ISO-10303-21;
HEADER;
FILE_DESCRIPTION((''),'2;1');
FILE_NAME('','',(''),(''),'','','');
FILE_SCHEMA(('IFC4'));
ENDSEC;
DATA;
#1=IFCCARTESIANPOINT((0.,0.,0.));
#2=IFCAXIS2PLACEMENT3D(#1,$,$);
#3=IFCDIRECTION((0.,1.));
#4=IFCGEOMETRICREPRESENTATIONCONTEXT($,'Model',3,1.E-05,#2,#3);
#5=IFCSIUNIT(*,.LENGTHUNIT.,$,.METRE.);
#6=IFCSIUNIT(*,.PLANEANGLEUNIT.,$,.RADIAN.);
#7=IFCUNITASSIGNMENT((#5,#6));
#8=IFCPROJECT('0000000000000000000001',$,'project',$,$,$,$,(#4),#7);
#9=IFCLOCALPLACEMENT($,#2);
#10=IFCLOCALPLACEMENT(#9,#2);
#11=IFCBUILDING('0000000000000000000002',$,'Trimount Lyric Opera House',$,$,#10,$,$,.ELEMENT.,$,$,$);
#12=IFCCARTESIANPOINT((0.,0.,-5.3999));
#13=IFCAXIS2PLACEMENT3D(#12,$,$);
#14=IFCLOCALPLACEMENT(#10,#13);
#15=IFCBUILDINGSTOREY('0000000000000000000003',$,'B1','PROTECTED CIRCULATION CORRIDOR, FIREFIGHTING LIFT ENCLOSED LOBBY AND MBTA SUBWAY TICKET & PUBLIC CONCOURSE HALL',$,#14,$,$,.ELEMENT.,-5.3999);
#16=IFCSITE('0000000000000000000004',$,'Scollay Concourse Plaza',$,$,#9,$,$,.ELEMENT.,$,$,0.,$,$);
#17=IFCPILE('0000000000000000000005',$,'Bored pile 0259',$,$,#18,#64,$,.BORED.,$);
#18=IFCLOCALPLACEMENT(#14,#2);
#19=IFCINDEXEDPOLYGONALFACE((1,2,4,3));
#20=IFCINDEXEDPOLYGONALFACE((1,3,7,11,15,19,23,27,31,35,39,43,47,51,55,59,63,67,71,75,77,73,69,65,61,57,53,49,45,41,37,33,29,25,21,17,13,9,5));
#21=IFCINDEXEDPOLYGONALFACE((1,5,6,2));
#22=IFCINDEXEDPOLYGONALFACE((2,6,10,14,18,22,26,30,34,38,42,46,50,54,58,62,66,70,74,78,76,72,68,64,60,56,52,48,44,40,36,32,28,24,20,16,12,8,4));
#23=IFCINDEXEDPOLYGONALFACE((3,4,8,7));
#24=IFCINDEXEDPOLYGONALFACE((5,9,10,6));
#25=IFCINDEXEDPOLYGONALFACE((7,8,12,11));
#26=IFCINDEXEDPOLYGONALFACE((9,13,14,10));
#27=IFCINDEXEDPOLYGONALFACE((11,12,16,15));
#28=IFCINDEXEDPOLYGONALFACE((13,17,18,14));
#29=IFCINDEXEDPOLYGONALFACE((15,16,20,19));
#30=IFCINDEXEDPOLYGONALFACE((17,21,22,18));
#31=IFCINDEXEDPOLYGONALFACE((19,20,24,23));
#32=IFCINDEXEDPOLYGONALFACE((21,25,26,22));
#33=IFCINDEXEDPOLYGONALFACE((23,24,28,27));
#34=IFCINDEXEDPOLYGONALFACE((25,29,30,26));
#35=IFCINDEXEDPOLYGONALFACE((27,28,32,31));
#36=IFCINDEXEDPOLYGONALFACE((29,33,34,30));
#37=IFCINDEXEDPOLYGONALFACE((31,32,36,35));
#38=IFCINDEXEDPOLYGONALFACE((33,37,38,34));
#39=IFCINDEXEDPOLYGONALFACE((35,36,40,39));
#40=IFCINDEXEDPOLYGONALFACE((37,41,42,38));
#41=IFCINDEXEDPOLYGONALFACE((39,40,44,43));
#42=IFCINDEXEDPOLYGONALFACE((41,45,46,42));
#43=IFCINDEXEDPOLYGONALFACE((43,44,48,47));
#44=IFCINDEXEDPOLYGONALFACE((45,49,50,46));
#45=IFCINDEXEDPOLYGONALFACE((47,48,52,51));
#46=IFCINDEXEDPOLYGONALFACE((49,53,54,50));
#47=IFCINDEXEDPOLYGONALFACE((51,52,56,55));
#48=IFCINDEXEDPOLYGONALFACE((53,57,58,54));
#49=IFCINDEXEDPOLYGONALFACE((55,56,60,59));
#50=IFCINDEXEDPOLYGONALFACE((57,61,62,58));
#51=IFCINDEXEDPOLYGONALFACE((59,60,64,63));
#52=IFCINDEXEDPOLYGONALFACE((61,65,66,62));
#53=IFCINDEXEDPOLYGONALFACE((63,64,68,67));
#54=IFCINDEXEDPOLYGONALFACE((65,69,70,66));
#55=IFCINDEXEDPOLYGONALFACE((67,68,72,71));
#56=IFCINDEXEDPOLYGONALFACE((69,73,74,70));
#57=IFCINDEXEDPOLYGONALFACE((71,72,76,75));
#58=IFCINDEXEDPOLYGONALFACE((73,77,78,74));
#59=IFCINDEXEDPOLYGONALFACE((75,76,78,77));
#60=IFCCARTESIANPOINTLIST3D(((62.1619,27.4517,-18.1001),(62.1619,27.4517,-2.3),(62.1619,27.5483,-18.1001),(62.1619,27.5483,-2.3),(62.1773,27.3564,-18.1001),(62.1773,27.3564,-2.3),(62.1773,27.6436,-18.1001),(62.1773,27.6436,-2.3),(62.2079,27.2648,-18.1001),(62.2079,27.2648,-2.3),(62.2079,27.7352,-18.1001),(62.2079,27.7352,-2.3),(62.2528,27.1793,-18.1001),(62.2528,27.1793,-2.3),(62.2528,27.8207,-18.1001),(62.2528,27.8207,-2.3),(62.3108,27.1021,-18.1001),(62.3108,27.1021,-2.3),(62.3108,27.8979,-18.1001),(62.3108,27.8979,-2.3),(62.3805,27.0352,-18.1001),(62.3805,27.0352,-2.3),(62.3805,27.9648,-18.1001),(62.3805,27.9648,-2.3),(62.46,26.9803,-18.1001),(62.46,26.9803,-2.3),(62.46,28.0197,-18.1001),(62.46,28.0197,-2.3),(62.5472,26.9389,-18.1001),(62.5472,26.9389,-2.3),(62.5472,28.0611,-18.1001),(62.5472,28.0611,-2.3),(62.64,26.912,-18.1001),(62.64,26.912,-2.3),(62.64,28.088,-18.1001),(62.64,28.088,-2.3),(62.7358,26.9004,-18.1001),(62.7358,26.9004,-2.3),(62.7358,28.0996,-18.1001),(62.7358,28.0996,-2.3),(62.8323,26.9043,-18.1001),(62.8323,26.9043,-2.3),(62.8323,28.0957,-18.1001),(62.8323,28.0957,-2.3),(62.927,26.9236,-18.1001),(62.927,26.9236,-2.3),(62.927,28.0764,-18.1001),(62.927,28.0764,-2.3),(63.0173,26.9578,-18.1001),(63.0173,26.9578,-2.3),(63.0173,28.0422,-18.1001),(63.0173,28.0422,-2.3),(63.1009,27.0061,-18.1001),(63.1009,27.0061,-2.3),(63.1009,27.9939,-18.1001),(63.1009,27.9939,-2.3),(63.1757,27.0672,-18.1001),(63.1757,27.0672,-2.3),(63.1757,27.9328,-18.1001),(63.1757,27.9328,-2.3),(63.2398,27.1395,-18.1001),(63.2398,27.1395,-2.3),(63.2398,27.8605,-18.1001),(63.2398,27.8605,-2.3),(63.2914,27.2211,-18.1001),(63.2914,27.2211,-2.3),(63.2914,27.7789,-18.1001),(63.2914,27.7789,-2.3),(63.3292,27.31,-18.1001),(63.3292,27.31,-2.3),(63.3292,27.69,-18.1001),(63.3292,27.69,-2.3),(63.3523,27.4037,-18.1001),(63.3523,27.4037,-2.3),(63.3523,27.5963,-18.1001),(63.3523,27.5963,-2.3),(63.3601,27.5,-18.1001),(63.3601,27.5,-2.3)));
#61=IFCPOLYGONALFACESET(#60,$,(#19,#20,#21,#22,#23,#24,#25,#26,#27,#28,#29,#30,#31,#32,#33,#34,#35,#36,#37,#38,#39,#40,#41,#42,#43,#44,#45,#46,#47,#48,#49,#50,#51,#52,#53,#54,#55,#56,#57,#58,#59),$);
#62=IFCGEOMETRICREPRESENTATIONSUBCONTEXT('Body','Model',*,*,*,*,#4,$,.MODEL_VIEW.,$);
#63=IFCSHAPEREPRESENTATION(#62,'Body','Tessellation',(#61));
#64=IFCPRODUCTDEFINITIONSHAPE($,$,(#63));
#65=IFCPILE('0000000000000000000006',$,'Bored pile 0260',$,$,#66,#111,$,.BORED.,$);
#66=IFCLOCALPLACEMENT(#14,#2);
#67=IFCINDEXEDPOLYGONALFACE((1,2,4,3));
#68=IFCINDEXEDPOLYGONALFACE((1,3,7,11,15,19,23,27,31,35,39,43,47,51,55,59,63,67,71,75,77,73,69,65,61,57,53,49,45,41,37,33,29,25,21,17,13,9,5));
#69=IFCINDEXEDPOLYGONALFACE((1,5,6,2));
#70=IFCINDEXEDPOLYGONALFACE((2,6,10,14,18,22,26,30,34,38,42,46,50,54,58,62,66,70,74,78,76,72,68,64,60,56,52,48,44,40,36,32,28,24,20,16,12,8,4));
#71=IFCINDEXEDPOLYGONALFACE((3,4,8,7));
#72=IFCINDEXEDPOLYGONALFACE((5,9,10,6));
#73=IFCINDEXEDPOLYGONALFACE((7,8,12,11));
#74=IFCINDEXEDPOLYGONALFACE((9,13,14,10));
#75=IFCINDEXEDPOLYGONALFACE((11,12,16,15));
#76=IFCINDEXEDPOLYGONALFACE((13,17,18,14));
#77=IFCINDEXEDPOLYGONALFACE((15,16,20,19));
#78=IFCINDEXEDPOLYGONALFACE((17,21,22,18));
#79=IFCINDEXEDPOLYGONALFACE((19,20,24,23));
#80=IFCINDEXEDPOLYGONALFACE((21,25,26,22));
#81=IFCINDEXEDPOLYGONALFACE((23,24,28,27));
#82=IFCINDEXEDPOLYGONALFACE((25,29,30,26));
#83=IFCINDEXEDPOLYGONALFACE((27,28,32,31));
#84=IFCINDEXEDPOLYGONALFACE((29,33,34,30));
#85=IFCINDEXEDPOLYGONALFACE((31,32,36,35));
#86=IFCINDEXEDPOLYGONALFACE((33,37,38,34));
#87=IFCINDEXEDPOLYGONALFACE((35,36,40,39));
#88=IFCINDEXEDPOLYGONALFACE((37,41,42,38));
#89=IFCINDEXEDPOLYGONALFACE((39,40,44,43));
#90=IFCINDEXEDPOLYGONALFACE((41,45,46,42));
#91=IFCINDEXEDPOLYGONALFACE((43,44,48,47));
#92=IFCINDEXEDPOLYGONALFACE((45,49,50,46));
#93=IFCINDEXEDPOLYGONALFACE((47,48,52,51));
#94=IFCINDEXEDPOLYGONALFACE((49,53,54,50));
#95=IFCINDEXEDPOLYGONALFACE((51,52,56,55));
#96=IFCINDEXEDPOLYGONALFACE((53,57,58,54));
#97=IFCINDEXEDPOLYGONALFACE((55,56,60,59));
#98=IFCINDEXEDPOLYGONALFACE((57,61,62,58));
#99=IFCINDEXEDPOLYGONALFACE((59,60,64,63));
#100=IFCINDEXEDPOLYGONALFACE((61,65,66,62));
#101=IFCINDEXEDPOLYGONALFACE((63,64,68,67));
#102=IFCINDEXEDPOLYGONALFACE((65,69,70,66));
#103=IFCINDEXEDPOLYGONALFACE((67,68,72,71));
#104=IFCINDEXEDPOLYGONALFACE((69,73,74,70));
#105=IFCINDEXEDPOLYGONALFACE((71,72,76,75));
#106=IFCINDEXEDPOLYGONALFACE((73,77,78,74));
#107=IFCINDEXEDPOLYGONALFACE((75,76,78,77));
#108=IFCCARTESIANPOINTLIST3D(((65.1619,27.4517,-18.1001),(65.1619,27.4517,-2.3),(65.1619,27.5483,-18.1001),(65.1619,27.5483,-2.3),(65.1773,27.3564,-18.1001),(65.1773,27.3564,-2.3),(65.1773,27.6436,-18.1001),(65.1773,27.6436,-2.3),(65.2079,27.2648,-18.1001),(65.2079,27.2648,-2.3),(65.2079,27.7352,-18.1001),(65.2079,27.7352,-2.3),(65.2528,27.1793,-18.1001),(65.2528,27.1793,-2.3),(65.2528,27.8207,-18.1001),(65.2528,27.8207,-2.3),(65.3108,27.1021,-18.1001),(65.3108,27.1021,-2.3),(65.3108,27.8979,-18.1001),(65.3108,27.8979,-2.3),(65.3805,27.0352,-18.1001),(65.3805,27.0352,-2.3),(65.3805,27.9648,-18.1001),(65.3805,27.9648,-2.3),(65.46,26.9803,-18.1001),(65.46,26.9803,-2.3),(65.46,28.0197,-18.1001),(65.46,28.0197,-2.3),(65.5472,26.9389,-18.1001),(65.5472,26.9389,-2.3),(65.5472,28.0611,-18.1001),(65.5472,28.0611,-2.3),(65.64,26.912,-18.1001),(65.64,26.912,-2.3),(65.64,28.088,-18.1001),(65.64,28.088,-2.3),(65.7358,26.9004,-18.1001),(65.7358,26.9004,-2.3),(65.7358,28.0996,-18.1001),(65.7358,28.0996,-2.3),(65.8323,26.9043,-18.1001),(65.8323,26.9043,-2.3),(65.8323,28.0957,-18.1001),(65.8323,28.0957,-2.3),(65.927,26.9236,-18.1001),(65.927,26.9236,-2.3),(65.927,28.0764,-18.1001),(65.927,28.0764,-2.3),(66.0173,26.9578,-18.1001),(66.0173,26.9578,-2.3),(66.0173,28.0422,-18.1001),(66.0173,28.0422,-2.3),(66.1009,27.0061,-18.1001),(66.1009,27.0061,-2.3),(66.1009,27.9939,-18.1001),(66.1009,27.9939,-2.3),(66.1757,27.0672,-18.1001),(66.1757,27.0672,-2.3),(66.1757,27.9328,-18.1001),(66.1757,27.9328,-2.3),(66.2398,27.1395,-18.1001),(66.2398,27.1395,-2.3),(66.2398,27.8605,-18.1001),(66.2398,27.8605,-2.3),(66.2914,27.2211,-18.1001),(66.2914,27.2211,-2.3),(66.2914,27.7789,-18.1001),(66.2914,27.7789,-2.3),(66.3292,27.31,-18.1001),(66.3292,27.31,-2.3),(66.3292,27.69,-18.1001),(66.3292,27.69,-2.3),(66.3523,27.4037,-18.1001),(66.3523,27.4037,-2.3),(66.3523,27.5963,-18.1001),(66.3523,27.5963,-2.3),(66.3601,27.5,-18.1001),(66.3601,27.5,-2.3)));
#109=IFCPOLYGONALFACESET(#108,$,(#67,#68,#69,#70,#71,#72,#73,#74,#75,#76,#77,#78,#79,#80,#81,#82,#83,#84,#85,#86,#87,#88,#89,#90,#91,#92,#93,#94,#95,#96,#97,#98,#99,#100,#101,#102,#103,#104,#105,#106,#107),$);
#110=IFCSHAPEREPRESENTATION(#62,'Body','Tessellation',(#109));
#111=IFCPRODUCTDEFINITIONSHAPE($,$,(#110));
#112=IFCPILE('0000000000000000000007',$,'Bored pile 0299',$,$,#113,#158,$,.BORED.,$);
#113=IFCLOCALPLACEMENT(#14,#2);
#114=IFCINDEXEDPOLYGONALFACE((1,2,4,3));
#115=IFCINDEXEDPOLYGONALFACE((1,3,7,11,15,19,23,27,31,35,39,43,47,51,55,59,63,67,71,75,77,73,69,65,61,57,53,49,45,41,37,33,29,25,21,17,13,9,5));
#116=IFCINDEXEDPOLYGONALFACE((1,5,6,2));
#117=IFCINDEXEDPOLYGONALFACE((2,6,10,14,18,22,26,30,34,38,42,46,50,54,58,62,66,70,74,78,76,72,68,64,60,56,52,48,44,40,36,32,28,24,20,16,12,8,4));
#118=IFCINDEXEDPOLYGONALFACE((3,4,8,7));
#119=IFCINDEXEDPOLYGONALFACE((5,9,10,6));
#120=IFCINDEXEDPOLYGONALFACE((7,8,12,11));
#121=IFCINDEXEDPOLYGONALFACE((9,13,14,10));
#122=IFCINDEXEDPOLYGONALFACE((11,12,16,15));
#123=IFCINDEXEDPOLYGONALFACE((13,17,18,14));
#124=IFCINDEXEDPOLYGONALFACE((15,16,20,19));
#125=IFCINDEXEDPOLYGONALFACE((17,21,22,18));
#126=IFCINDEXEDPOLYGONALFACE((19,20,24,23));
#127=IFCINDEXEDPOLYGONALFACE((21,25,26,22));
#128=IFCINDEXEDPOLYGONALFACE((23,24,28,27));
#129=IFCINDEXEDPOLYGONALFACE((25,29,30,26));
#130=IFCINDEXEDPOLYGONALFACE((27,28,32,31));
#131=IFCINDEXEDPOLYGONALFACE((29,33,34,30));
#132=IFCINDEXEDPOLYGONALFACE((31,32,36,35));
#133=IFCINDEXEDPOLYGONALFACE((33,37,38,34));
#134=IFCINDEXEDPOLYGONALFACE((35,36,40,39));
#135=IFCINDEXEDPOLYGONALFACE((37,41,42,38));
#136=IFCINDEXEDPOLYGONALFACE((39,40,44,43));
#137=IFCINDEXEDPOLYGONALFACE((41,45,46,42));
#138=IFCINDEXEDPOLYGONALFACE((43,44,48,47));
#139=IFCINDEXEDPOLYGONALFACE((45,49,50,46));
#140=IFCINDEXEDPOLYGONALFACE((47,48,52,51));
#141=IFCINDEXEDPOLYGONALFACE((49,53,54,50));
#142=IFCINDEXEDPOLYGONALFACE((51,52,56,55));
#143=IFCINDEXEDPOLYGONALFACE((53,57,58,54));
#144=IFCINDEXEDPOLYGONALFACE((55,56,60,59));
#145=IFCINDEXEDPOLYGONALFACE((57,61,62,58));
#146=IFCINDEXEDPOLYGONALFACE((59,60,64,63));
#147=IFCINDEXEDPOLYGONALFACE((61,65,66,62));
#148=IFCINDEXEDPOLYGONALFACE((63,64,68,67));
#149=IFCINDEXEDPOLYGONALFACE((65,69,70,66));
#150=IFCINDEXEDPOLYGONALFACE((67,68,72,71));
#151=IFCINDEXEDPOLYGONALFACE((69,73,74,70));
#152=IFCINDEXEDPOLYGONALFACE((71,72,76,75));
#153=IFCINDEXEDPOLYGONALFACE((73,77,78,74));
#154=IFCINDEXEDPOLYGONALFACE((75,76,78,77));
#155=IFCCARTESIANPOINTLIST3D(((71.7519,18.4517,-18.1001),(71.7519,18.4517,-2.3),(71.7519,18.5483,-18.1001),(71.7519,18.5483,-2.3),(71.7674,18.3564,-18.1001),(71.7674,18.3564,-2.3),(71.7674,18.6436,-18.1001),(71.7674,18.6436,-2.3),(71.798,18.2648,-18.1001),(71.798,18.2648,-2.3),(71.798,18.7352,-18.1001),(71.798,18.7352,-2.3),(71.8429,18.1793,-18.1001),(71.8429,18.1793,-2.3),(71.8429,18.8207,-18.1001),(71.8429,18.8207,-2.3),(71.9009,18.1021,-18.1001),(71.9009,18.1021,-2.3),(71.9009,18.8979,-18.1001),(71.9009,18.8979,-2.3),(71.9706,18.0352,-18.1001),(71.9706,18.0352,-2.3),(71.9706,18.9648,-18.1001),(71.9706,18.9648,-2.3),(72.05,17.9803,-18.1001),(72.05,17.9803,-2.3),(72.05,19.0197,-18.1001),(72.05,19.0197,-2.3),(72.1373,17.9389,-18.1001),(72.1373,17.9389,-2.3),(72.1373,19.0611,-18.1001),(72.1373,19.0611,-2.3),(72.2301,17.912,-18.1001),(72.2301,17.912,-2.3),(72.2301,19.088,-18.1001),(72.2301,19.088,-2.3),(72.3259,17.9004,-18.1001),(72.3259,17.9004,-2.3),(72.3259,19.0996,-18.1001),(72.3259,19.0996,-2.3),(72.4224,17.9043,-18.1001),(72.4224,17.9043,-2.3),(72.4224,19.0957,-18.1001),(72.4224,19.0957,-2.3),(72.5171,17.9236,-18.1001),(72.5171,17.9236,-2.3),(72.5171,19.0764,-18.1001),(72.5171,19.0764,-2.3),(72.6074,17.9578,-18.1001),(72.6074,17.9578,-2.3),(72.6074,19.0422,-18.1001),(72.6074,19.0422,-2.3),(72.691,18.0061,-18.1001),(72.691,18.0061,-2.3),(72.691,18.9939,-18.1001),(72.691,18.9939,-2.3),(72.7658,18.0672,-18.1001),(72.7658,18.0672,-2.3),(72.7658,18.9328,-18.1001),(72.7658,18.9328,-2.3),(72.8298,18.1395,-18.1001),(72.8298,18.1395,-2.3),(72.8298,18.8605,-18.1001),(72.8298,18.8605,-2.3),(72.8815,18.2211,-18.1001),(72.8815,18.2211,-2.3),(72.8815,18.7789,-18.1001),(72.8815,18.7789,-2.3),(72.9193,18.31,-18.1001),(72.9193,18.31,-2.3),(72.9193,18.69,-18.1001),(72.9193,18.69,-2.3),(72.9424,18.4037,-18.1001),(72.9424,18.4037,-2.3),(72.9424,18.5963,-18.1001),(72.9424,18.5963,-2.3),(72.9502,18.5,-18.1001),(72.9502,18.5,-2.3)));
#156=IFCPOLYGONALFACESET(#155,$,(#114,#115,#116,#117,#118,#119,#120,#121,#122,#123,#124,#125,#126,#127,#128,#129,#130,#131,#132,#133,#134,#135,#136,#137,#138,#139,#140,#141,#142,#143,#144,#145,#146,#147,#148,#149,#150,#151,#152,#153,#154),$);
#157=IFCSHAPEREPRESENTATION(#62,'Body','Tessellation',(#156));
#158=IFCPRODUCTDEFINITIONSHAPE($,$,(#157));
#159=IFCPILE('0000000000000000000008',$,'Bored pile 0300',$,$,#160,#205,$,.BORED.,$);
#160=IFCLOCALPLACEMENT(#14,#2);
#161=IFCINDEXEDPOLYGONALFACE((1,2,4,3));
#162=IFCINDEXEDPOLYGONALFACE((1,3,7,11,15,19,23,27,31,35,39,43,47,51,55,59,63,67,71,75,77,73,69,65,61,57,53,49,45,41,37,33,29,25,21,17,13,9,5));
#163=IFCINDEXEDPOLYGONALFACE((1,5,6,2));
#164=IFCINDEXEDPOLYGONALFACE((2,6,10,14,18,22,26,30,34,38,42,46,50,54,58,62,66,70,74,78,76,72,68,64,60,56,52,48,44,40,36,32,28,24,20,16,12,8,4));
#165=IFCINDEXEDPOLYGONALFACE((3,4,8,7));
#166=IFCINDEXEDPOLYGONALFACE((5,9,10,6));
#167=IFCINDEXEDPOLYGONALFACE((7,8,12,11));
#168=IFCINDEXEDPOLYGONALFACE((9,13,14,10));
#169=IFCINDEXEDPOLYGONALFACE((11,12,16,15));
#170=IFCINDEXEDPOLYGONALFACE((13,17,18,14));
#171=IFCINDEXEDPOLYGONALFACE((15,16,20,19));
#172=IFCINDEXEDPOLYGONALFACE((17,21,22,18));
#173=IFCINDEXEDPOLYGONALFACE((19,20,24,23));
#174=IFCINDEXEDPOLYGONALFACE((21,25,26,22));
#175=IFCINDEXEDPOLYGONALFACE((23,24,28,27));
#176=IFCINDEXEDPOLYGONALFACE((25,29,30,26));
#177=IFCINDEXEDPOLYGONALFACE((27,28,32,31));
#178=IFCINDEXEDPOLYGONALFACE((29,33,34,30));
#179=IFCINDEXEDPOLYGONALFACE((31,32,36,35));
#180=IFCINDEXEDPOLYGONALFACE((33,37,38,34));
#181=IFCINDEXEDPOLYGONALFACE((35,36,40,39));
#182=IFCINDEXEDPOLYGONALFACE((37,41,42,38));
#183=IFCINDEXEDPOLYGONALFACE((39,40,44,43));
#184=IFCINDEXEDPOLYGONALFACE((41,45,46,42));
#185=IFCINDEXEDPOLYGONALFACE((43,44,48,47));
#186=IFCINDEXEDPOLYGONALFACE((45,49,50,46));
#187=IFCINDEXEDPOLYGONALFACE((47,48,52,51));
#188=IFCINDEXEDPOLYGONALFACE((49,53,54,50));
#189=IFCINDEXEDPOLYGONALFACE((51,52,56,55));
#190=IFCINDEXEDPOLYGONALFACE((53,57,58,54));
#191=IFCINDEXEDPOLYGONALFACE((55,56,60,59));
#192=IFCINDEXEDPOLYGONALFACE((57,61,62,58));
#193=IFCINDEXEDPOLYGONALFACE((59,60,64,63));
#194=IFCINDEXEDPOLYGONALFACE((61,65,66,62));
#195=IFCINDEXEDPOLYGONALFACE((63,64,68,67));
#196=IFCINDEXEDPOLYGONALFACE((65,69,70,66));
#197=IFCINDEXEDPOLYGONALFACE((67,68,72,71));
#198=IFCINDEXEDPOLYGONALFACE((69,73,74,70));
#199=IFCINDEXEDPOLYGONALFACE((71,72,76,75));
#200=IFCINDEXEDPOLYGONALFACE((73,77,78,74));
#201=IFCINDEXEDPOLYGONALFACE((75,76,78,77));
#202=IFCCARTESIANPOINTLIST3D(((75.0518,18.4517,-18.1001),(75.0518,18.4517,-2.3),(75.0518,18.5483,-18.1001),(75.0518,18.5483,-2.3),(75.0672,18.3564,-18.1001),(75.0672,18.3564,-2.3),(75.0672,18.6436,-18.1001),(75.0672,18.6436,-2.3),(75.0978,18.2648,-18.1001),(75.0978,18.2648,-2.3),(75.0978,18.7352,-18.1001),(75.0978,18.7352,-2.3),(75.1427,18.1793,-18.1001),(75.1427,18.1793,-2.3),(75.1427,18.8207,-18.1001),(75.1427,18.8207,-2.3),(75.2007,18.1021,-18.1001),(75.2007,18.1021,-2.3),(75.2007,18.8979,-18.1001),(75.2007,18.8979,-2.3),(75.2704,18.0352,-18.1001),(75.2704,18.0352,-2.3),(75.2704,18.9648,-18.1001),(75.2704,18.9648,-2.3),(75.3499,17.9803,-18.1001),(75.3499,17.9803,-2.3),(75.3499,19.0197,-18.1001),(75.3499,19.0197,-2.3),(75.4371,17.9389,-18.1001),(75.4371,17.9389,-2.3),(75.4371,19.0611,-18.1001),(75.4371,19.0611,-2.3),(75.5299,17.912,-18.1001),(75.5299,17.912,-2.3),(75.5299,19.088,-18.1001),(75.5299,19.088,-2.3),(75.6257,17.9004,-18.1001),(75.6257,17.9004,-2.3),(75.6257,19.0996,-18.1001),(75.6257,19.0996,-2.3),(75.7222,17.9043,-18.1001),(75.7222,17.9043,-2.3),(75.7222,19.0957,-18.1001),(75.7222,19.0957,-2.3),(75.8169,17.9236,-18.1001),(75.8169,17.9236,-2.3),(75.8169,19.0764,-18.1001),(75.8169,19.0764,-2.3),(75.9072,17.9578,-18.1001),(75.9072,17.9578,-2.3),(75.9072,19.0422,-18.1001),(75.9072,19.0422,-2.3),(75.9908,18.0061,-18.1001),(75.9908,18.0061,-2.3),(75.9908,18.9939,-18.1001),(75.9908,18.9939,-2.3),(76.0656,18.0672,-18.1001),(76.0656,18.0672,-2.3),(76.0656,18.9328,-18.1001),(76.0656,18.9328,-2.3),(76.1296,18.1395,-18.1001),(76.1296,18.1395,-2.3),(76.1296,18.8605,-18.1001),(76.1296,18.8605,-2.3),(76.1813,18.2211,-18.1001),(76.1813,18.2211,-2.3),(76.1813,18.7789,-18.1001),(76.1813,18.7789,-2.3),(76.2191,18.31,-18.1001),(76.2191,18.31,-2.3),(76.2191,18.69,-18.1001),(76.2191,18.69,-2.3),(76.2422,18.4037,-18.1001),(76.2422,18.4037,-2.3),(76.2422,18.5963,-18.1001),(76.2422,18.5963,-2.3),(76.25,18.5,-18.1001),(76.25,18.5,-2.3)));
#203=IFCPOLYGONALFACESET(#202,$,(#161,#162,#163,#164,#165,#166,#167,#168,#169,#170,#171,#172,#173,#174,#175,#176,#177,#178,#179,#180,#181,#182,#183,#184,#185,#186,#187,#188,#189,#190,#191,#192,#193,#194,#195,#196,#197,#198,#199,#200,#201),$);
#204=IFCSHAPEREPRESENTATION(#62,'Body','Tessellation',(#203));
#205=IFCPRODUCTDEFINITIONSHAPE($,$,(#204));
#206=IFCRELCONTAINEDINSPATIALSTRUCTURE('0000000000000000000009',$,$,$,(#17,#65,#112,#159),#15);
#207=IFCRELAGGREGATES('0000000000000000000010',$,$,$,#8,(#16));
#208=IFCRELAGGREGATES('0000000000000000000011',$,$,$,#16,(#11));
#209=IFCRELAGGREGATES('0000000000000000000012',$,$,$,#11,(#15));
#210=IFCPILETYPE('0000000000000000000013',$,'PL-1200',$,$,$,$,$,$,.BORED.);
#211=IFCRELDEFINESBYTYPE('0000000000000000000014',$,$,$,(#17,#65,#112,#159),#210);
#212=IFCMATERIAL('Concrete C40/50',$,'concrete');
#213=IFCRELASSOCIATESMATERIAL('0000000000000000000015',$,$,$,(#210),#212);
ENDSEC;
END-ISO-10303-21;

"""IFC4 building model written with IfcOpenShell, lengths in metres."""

from ifc_helpers import new_model, si_unit, direction, frame, origin, origin_2d, place, context, subcontext, project, spatial, circle, extrude, material, material_profile, profile_set, type_object, element, save


model = new_model("IFC4")

# Units and contexts
model_context = context("Model", 3, precision=1e-05, world=origin(), true_north=direction((0.0, 1.0)))
body_context = subcontext(model_context, "Body", "Model", "MODEL_VIEW")
ifc_project = project(units=[si_unit("LENGTHUNIT", "METRE"), si_unit("PLANEANGLEUNIT", "RADIAN")], contexts=[model_context])

# Site, building, storey
site_placement = place(None, origin())
site = spatial("IfcSite", under=ifc_project, at=site_placement, Name="Scollay Concourse Plaza", CompositionType="ELEMENT", RefElevation=0.0)
building_placement = place(site_placement, origin())
building = spatial("IfcBuilding", under=site, at=building_placement, Name="Trimount Lyric Opera House", CompositionType="ELEMENT")
storey_placement = place(building_placement, frame((0.0, 0.0, -5.3999)))
storey = spatial("IfcBuildingStorey", under=building, at=storey_placement, Name="B1", Description="PROTECTED CIRCULATION CORRIDOR, FIREFIGHTING LIFT ENCLOSED LOBBY AND MBTA SUBWAY TICKET & PUBLIC CONCOURSE HALL", CompositionType="ELEMENT", Elevation=-5.3999)

# Piles
ifc_material_1 = material(Name="Concrete C40/50", Category="concrete")
ifc_material_profile_1 = material_profile(ifc_material_1, circle(Radius=0.6001, at=origin_2d()), Name="PILE-D1200")
ifc_profile_set_1 = profile_set([ifc_material_profile_1], Name="Concrete C40/50")
pile_type_1 = type_object("IfcPileType", Name="PL-1200", PredefinedType="BORED", material=ifc_profile_set_1)
for number, where, z_axis, x_axis, name in (
    (1, (62.76, 27.5, -2.3), (0.0, 0.0, -1.0), (1.0, 0.0, 0.0), "Bored pile 0259"),
    (2, (65.76, 27.5, -2.3), (0.0, 0.0, -1.0), (1.0, 0.0, 0.0), "Bored pile 0260"),
    (3, (72.3501, 18.5, -2.3), (0.0, 0.0, -1.0), (1.0, 0.0, 0.0), "Bored pile 0299"),
    (4, (75.6499, 18.5, -2.3), (0.0, 0.0, -1.0), (1.0, 0.0, 0.0), "Bored pile 0300"),
):
    element("IfcPile", number, at=place(storey_placement, frame(where, z_axis=z_axis, x_axis=x_axis)), inside=storey, type_object=pile_type_1, Name=name, PredefinedType="BORED", context=body_context, shape_type="SweptSolid", body=[
        extrude(circle(Radius=0.6001, at=origin_2d()), origin(), (0.0, 0.0, 1.0), 15.8),
    ])

save(model, "model.ifc")
